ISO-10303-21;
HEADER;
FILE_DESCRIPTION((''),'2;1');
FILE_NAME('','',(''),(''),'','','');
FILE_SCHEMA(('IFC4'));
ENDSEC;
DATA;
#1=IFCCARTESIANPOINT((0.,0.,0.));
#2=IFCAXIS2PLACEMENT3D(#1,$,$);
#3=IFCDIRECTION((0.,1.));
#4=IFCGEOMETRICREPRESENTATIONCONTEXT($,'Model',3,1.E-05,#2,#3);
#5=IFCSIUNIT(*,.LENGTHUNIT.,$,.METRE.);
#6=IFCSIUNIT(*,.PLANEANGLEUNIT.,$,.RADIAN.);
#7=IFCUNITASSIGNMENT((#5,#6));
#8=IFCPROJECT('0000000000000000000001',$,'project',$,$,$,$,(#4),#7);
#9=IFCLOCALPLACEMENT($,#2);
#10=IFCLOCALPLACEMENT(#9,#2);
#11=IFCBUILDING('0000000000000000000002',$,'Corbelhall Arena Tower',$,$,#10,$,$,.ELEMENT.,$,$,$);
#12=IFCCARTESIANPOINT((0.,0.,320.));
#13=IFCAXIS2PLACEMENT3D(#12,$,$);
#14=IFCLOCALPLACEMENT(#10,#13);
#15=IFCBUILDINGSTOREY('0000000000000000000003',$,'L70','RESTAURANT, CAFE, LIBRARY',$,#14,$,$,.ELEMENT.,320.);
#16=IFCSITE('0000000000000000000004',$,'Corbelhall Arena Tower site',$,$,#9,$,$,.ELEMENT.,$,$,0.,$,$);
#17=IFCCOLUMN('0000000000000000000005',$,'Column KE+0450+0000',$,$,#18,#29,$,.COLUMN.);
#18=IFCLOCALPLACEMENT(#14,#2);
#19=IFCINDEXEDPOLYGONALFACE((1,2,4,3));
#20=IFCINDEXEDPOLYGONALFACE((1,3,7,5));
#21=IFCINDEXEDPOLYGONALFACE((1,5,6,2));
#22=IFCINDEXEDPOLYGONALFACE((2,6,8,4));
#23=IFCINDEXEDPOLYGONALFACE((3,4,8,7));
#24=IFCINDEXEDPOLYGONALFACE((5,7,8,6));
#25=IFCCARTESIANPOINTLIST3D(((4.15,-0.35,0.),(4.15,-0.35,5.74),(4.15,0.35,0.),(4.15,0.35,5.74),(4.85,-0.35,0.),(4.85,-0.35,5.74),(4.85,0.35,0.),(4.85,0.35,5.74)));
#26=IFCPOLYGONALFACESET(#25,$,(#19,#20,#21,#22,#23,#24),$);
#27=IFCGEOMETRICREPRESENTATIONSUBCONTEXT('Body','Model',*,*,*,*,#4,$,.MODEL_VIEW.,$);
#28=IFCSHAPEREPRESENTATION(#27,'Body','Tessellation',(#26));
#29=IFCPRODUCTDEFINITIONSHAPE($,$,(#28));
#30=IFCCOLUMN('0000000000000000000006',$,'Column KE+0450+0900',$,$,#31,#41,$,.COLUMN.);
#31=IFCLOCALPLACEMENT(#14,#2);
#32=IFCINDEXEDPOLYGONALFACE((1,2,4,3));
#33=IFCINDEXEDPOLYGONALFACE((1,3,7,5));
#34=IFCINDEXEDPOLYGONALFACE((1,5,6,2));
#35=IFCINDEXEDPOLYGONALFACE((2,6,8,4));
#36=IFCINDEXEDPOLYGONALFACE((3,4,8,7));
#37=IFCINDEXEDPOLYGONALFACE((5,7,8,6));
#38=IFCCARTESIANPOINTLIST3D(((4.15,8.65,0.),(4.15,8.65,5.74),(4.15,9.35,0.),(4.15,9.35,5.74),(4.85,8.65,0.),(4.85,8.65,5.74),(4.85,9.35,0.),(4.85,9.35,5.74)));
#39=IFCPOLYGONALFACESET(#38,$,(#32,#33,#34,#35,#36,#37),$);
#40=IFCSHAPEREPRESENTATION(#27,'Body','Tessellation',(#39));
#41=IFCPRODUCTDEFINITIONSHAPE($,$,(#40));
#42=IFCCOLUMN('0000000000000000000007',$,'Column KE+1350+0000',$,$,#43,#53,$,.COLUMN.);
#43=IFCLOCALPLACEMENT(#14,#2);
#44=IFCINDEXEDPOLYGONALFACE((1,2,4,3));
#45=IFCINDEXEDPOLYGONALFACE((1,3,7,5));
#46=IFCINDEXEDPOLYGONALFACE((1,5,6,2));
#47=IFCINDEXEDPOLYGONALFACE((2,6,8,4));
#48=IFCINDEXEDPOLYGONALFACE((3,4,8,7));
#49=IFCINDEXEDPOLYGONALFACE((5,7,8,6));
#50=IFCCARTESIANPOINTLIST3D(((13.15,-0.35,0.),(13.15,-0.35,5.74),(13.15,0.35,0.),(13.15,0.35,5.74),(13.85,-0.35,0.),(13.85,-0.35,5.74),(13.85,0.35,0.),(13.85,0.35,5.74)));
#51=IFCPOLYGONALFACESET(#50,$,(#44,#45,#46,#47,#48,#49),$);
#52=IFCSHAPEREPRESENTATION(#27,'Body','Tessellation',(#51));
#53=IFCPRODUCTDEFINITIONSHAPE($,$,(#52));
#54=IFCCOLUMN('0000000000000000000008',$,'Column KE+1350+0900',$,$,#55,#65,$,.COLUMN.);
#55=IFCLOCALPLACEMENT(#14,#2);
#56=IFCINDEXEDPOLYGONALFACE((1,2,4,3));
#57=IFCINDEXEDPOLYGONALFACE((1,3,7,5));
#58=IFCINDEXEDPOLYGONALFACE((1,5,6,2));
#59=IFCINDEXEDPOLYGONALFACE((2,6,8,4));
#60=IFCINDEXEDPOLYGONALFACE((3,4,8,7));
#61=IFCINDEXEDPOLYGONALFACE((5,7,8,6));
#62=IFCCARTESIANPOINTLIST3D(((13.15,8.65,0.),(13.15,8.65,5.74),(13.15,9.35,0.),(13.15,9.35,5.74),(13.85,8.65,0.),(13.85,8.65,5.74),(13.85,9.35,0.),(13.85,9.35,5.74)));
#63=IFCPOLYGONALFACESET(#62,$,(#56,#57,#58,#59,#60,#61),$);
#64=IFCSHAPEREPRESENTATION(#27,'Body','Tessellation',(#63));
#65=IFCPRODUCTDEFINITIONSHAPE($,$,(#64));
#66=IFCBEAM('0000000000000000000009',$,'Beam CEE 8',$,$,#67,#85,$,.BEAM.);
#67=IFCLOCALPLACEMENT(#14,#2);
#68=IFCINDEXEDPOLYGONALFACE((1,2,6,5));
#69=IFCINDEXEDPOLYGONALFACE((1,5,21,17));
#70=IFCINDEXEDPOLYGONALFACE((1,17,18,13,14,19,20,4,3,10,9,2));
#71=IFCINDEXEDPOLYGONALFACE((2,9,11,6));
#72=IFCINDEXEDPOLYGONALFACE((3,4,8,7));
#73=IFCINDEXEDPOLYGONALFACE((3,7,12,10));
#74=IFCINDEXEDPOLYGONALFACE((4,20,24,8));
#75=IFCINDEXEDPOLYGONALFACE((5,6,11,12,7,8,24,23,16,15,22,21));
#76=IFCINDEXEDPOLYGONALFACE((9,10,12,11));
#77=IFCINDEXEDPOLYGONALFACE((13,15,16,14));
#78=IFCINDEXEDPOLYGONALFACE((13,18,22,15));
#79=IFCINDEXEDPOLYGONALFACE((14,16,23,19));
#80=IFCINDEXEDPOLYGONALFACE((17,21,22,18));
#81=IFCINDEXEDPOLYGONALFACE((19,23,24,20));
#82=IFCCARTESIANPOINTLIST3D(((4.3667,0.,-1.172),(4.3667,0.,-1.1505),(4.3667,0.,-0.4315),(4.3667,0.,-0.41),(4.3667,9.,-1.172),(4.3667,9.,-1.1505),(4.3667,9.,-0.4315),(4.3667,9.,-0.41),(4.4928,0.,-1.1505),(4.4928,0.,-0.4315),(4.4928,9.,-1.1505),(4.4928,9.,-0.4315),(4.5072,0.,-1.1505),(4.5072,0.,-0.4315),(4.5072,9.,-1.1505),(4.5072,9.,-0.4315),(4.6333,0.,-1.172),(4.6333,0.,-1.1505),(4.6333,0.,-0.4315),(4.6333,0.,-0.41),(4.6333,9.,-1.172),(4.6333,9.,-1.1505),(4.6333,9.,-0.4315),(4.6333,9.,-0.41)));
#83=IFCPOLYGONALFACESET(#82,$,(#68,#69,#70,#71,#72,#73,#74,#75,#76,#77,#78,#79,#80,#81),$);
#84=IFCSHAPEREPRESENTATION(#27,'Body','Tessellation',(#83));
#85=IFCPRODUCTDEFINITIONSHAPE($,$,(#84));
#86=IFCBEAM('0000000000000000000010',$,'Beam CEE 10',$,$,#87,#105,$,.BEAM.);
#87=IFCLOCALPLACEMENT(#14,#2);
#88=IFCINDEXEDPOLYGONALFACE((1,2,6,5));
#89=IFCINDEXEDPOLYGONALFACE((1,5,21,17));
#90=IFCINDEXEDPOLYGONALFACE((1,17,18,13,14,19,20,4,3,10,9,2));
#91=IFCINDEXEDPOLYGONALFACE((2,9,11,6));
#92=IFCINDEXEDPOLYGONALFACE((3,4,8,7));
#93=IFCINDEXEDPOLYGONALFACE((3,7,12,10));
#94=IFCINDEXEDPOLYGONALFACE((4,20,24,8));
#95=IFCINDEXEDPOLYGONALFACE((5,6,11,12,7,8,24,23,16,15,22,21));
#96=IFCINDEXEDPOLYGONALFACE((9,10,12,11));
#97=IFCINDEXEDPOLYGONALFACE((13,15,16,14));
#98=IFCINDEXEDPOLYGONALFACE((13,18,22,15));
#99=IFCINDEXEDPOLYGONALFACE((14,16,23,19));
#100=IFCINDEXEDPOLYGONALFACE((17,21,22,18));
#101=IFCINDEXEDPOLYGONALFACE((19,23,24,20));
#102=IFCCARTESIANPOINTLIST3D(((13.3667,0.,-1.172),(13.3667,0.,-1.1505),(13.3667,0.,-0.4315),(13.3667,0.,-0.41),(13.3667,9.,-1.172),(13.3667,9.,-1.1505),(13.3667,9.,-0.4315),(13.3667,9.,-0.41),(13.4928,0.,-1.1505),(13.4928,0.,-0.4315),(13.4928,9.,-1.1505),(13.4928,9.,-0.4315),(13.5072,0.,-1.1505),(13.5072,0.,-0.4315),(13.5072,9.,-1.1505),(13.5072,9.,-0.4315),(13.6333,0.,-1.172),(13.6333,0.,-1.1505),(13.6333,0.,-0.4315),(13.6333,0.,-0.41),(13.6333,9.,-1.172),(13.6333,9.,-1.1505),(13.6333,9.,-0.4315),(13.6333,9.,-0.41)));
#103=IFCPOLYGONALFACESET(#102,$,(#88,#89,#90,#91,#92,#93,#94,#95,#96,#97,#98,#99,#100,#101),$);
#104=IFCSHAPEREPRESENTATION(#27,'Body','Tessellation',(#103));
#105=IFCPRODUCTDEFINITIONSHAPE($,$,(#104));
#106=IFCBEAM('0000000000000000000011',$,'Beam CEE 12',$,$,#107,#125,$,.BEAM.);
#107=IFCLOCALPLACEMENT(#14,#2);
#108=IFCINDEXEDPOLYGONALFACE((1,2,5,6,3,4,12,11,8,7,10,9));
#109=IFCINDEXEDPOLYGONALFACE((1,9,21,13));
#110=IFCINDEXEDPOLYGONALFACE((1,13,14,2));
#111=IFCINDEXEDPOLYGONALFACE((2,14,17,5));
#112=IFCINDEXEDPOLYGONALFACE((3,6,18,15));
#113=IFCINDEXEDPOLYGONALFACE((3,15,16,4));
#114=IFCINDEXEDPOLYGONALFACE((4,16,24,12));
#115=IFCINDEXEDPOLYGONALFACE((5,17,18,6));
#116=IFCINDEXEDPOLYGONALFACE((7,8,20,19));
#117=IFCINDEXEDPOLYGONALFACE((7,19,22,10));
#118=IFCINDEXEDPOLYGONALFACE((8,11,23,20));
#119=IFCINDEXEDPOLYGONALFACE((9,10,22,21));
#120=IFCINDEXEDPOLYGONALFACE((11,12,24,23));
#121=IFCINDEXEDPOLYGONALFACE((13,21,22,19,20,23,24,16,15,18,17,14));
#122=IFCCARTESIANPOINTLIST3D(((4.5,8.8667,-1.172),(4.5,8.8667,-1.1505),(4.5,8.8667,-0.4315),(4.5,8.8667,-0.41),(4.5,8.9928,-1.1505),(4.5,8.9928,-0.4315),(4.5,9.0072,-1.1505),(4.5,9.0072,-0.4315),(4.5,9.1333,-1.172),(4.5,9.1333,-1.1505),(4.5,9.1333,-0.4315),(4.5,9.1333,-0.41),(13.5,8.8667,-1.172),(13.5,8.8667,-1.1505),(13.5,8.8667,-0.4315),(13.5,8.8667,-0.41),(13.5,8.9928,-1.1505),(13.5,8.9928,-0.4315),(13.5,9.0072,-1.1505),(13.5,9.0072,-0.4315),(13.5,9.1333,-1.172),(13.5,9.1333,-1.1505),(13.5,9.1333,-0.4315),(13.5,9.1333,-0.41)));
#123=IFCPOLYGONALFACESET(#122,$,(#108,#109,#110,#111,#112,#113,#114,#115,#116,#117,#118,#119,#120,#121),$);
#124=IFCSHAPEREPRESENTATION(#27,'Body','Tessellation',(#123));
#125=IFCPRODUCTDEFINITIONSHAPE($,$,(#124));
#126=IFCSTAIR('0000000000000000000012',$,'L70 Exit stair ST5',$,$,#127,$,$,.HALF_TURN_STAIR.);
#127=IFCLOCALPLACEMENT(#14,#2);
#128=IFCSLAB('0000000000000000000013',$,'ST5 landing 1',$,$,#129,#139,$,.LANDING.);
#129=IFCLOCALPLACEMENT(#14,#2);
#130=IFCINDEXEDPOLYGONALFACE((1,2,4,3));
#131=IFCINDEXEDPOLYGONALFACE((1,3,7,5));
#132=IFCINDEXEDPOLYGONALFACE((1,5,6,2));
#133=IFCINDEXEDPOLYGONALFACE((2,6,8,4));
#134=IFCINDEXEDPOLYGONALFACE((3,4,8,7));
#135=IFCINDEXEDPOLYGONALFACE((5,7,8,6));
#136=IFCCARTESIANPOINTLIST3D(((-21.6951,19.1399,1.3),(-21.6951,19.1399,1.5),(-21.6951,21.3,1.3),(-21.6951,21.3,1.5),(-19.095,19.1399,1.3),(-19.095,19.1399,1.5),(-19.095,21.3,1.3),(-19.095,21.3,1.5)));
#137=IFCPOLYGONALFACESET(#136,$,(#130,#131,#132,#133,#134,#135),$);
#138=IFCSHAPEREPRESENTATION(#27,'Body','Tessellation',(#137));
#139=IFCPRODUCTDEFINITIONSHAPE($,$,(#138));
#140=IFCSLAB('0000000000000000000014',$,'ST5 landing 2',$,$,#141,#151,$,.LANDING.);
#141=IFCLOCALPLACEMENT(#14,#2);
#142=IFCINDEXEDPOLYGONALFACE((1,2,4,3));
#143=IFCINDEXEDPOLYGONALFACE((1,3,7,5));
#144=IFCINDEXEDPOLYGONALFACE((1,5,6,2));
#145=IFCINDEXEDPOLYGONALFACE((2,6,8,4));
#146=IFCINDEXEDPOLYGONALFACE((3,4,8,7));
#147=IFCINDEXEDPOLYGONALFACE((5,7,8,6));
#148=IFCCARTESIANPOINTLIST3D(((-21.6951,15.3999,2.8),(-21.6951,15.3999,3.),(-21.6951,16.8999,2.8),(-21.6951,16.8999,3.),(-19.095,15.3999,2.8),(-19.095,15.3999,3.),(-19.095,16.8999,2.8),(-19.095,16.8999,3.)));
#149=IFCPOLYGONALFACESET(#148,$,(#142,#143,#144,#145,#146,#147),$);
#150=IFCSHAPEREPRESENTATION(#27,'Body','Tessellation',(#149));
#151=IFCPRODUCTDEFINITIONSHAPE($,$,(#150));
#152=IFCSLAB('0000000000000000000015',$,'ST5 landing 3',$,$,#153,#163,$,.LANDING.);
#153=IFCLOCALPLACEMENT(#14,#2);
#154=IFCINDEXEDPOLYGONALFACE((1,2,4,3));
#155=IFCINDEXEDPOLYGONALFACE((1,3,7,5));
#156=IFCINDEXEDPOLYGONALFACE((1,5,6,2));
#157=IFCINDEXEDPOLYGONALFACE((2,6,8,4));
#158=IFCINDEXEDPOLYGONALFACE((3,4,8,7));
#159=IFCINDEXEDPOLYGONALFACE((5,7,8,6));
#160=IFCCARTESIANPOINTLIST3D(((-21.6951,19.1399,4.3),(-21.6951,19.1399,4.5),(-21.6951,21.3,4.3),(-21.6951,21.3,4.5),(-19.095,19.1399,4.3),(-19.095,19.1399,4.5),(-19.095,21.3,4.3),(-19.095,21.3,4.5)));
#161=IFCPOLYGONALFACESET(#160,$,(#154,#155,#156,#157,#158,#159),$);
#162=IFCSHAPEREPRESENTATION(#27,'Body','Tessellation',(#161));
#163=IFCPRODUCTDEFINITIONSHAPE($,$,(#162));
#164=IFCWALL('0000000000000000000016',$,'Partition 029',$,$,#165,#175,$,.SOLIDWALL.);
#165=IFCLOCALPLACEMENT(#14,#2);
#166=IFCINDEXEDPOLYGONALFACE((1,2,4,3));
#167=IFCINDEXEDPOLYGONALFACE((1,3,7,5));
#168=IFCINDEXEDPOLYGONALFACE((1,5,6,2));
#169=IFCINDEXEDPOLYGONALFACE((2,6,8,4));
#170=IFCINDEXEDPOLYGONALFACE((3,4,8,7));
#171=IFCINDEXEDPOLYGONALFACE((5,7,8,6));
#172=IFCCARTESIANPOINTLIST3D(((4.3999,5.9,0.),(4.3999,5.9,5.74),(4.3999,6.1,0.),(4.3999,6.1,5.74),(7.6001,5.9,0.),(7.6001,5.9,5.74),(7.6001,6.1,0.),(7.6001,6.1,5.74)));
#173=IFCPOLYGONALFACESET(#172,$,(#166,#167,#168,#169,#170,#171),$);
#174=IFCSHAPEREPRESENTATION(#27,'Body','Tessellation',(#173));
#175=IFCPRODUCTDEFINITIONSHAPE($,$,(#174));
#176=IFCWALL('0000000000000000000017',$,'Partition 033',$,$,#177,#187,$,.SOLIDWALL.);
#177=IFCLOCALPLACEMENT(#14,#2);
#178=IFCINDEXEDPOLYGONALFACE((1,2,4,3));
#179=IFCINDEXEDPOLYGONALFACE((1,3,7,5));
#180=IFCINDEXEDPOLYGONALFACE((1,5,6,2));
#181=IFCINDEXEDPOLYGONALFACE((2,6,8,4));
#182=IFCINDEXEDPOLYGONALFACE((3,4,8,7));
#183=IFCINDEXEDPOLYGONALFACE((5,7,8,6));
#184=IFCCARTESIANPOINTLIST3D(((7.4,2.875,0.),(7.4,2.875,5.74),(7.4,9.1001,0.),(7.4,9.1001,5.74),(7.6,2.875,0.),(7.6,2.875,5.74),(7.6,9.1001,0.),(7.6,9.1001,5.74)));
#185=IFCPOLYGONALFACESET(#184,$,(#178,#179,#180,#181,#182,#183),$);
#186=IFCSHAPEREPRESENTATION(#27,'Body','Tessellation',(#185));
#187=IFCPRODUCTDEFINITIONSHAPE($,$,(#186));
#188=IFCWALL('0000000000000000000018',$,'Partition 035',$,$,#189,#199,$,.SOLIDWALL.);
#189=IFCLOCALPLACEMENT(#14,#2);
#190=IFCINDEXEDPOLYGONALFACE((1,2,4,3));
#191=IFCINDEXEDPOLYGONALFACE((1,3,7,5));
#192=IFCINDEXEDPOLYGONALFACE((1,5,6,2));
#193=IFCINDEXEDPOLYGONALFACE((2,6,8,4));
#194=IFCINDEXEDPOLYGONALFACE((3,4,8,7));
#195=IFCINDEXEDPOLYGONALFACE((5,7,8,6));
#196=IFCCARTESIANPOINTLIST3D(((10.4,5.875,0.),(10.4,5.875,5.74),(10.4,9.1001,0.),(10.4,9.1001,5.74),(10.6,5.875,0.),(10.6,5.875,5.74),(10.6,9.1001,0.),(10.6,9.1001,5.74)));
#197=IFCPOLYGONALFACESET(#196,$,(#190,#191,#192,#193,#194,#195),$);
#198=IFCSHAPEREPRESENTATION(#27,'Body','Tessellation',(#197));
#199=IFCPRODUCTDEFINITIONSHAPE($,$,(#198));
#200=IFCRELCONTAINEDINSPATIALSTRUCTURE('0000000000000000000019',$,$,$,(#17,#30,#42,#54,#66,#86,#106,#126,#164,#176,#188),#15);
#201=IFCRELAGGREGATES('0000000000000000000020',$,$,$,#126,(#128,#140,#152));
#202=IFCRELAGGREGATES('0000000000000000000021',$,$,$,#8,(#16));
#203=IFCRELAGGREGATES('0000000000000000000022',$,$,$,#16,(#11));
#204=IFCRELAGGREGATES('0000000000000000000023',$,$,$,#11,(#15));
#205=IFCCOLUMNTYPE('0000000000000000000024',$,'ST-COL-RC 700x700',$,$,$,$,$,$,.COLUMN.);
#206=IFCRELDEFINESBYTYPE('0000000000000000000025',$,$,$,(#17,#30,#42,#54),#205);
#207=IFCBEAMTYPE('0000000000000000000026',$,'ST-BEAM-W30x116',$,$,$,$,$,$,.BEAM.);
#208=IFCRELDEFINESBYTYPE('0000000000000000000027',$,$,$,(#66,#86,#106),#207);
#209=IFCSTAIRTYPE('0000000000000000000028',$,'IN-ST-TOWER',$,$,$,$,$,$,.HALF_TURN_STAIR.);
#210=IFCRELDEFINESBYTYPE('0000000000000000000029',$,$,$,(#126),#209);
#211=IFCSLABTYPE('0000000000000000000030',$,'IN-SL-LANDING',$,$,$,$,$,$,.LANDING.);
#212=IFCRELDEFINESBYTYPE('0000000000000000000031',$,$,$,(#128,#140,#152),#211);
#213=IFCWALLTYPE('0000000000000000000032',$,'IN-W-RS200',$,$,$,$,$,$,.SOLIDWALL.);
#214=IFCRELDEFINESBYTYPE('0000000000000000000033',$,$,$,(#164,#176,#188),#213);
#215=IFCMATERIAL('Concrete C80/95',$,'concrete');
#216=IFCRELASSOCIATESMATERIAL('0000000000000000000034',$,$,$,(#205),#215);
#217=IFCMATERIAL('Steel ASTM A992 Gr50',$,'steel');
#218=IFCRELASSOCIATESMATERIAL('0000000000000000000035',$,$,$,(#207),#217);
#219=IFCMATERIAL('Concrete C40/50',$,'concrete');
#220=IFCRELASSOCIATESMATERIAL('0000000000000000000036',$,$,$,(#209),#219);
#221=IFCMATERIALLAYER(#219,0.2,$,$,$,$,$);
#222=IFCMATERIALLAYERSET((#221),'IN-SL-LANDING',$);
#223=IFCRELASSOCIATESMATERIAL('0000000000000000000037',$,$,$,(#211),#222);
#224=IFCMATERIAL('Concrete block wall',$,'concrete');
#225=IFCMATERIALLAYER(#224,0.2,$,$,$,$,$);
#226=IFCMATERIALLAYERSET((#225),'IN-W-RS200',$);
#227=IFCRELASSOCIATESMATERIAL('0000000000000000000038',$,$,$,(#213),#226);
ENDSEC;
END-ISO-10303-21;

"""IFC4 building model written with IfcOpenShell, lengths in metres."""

from ifc_helpers import new_model, si_unit, direction, frame, frame_2d, origin, origin_2d, place, context, subcontext, project, spatial, polyline, rectangle, i_section, outline, extrude, material, layer, layer_set, material_profile, profile_set, type_object, element, aggregate, save


model = new_model("IFC4")

# Units and contexts
model_context = context("Model", 3, precision=1e-05, world=origin(), true_north=direction((0.0, 1.0)))
body_context = subcontext(model_context, "Body", "Model", "MODEL_VIEW")
ifc_project = project(units=[si_unit("LENGTHUNIT", "METRE"), si_unit("PLANEANGLEUNIT", "RADIAN")], contexts=[model_context])

# Site, building, storey
site_placement = place(None, origin())
site = spatial("IfcSite", under=ifc_project, at=site_placement, Name="Corbelhall Arena Tower site", CompositionType="ELEMENT", RefElevation=0.0)
building_placement = place(site_placement, origin())
building = spatial("IfcBuilding", under=site, at=building_placement, Name="Corbelhall Arena Tower", CompositionType="ELEMENT")
storey_placement = place(building_placement, frame((0.0, 0.0, 320.0)))
storey = spatial("IfcBuildingStorey", under=building, at=storey_placement, Name="L70", Description="RESTAURANT, CAFE, LIBRARY", CompositionType="ELEMENT", Elevation=320.0)

# Columns
ifc_material_1 = material(Name="Concrete C80/95", Category="concrete")
ifc_material_profile_1 = material_profile(ifc_material_1, rectangle(XDim=0.7, YDim=0.7, at=origin_2d()))
ifc_profile_set_1 = profile_set([ifc_material_profile_1], Name="Concrete C80/95")
column_type = type_object("IfcColumnType", Name="ST-COL-RC 700x700", PredefinedType="COLUMN", material=ifc_profile_set_1)
for number, where, z_axis, x_axis, name in (
    (1, (4.5, 0.0, 0.0), (0.0, 0.0, 1.0), (1.0, 0.0, 0.0), "Column KE+0450+0000"),
    (2, (4.5, 9.0, 0.0), (0.0, 0.0, 1.0), (1.0, 0.0, 0.0), "Column KE+0450+0900"),
    (3, (13.5, 0.0, 0.0), (0.0, 0.0, 1.0), (1.0, 0.0, 0.0), "Column KE+1350+0000"),
    (4, (13.5, 9.0, 0.0), (0.0, 0.0, 1.0), (1.0, 0.0, 0.0), "Column KE+1350+0900"),
):
    element("IfcColumn", number, at=place(storey_placement, frame(where, z_axis=z_axis, x_axis=x_axis)), inside=storey, type_object=column_type, Name=name, PredefinedType="COLUMN", context=body_context, shape_type="SweptSolid", body=[
        extrude(rectangle(XDim=0.7, YDim=0.7, at=origin_2d()), origin(), (0.0, 0.0, 1.0), 5.74),
    ])

# Beams
ifc_material_2 = material(Name="Steel ASTM A992 Gr50", Category="steel")
ifc_material_profile_2 = material_profile(ifc_material_2, i_section(OverallWidth=0.2666, OverallDepth=0.762, WebThickness=0.0144, FlangeThickness=0.0215, at=origin_2d()))
ifc_profile_set_2 = profile_set([ifc_material_profile_2], Name="Steel ASTM A992 Gr50")
beam_type = type_object("IfcBeamType", Name="ST-BEAM-W30x116", PredefinedType="BEAM", material=ifc_profile_set_2)
for number, where, z_axis, x_axis, name in (
    (5, (4.5, 0.0, -0.791), (0.0, 1.0, 0.0), (-1.0, 0.0, 0.0), "Beam CEE 8"),
    (6, (13.5, 0.0, -0.791), (0.0, 1.0, 0.0), (-1.0, 0.0, 0.0), "Beam CEE 10"),
    (7, (4.5, 9.0, -0.791), (1.0, 0.0, 0.0), (0.0, 1.0, 0.0), "Beam CEE 12"),
):
    element("IfcBeam", number, at=place(storey_placement, frame(where, z_axis=z_axis, x_axis=x_axis)), inside=storey, type_object=beam_type, Name=name, PredefinedType="BEAM", context=body_context, shape_type="SweptSolid", body=[
        extrude(i_section(OverallWidth=0.2666, OverallDepth=0.762, WebThickness=0.0144, FlangeThickness=0.0215, at=origin_2d()), origin(), (0.0, 0.0, 1.0), 9.0),
    ])

# Stair, slabs
ifc_material_3 = material(Name="Concrete C40/50", Category="concrete")
stair_type = type_object("IfcStairType", Name="IN-ST-TOWER", PredefinedType="HALF_TURN_STAIR", material=ifc_material_3)
stair_1_placement = place(storey_placement, origin())
stair_1 = element("IfcStair", 8, at=stair_1_placement, inside=storey, type_object=stair_type, Name="L70 Exit stair ST5", PredefinedType="HALF_TURN_STAIR")
ifc_layer_1 = layer(ifc_material_3, 0.2)
ifc_layer_set_1 = layer_set([ifc_layer_1], Name="IN-SL-LANDING")
slab_type = type_object("IfcSlabType", Name="IN-SL-LANDING", PredefinedType="LANDING", material=ifc_layer_set_1)
slab_1_placement = place(storey_placement, frame((0.0, 0.0, 1.3)))
slab_1 = element("IfcSlab", 9, at=slab_1_placement, type_object=slab_type, Name="ST5 landing 1", PredefinedType="LANDING", context=body_context, shape_type="SweptSolid", body=[
    extrude(outline(polyline([(-19.095, 19.1399), (-19.095, 21.3), (-21.6951, 21.3), (-21.6951, 19.1399), (-19.095, 19.1399)])), origin(), (0.0, 0.0, 1.0), 0.2),
])
slab_2_placement = place(storey_placement, frame((0.0, 0.0, 2.8)))
slab_2 = element("IfcSlab", 10, at=slab_2_placement, type_object=slab_type, Name="ST5 landing 2", PredefinedType="LANDING", context=body_context, shape_type="SweptSolid", body=[
    extrude(outline(polyline([(-19.095, 15.3999), (-19.095, 16.8999), (-21.6951, 16.8999), (-21.6951, 15.3999), (-19.095, 15.3999)])), origin(), (0.0, 0.0, 1.0), 0.2),
])
slab_3_placement = place(storey_placement, frame((0.0, 0.0, 4.3)))
slab_3 = element("IfcSlab", 11, at=slab_3_placement, type_object=slab_type, Name="ST5 landing 3", PredefinedType="LANDING", context=body_context, shape_type="SweptSolid", body=[
    extrude(outline(polyline([(-19.095, 19.1399), (-19.095, 21.3), (-21.6951, 21.3), (-21.6951, 19.1399), (-19.095, 19.1399)])), origin(), (0.0, 0.0, 1.0), 0.2),
])
aggregate(stair_1, [slab_1, slab_2, slab_3])

# Walls
ifc_material_4 = material(Name="Concrete block wall", Category="concrete")
ifc_layer_2 = layer(ifc_material_4, 0.2)
ifc_layer_set_2 = layer_set([ifc_layer_2], Name="IN-W-RS200")
wall_type_1 = type_object("IfcWallType", Name="IN-W-RS200", PredefinedType="SOLIDWALL", material=ifc_layer_set_2)
wall_1_placement = place(storey_placement, frame((4.3999, 6.0, 0.0), z_axis=(0.0, 0.0, 1.0), x_axis=(1.0, 0.0, 0.0)))
element("IfcWall", 12, at=wall_1_placement, inside=storey, type_object=wall_type_1, Name="Partition 029", PredefinedType="SOLIDWALL", context=body_context, shape_type="SweptSolid", body=[
    extrude(rectangle(XDim=3.2002, YDim=0.2, at=frame_2d((1.6001, 0.0))), origin(), (0.0, 0.0, 1.0), 5.74),
])
wall_2_placement = place(storey_placement, frame((7.5, 9.1001, 0.0), z_axis=(0.0, 0.0, 1.0), x_axis=(0.0, -1.0, 0.0)))
element("IfcWall", 13, at=wall_2_placement, inside=storey, type_object=wall_type_1, Name="Partition 033", PredefinedType="SOLIDWALL", context=body_context, shape_type="SweptSolid", body=[
    extrude(rectangle(XDim=6.2251, YDim=0.2, at=frame_2d((3.1125, 0.0))), origin(), (0.0, 0.0, 1.0), 5.74),
])
wall_3_placement = place(storey_placement, frame((10.5, 9.1001, 0.0), z_axis=(0.0, 0.0, 1.0), x_axis=(0.0, -1.0, 0.0)))
element("IfcWall", 14, at=wall_3_placement, inside=storey, type_object=wall_type_1, Name="Partition 035", PredefinedType="SOLIDWALL", context=body_context, shape_type="SweptSolid", body=[
    extrude(rectangle(XDim=3.2251, YDim=0.2, at=frame_2d((1.6125, 0.0))), origin(), (0.0, 0.0, 1.0), 5.74),
])

save(model, "model.ifc")
